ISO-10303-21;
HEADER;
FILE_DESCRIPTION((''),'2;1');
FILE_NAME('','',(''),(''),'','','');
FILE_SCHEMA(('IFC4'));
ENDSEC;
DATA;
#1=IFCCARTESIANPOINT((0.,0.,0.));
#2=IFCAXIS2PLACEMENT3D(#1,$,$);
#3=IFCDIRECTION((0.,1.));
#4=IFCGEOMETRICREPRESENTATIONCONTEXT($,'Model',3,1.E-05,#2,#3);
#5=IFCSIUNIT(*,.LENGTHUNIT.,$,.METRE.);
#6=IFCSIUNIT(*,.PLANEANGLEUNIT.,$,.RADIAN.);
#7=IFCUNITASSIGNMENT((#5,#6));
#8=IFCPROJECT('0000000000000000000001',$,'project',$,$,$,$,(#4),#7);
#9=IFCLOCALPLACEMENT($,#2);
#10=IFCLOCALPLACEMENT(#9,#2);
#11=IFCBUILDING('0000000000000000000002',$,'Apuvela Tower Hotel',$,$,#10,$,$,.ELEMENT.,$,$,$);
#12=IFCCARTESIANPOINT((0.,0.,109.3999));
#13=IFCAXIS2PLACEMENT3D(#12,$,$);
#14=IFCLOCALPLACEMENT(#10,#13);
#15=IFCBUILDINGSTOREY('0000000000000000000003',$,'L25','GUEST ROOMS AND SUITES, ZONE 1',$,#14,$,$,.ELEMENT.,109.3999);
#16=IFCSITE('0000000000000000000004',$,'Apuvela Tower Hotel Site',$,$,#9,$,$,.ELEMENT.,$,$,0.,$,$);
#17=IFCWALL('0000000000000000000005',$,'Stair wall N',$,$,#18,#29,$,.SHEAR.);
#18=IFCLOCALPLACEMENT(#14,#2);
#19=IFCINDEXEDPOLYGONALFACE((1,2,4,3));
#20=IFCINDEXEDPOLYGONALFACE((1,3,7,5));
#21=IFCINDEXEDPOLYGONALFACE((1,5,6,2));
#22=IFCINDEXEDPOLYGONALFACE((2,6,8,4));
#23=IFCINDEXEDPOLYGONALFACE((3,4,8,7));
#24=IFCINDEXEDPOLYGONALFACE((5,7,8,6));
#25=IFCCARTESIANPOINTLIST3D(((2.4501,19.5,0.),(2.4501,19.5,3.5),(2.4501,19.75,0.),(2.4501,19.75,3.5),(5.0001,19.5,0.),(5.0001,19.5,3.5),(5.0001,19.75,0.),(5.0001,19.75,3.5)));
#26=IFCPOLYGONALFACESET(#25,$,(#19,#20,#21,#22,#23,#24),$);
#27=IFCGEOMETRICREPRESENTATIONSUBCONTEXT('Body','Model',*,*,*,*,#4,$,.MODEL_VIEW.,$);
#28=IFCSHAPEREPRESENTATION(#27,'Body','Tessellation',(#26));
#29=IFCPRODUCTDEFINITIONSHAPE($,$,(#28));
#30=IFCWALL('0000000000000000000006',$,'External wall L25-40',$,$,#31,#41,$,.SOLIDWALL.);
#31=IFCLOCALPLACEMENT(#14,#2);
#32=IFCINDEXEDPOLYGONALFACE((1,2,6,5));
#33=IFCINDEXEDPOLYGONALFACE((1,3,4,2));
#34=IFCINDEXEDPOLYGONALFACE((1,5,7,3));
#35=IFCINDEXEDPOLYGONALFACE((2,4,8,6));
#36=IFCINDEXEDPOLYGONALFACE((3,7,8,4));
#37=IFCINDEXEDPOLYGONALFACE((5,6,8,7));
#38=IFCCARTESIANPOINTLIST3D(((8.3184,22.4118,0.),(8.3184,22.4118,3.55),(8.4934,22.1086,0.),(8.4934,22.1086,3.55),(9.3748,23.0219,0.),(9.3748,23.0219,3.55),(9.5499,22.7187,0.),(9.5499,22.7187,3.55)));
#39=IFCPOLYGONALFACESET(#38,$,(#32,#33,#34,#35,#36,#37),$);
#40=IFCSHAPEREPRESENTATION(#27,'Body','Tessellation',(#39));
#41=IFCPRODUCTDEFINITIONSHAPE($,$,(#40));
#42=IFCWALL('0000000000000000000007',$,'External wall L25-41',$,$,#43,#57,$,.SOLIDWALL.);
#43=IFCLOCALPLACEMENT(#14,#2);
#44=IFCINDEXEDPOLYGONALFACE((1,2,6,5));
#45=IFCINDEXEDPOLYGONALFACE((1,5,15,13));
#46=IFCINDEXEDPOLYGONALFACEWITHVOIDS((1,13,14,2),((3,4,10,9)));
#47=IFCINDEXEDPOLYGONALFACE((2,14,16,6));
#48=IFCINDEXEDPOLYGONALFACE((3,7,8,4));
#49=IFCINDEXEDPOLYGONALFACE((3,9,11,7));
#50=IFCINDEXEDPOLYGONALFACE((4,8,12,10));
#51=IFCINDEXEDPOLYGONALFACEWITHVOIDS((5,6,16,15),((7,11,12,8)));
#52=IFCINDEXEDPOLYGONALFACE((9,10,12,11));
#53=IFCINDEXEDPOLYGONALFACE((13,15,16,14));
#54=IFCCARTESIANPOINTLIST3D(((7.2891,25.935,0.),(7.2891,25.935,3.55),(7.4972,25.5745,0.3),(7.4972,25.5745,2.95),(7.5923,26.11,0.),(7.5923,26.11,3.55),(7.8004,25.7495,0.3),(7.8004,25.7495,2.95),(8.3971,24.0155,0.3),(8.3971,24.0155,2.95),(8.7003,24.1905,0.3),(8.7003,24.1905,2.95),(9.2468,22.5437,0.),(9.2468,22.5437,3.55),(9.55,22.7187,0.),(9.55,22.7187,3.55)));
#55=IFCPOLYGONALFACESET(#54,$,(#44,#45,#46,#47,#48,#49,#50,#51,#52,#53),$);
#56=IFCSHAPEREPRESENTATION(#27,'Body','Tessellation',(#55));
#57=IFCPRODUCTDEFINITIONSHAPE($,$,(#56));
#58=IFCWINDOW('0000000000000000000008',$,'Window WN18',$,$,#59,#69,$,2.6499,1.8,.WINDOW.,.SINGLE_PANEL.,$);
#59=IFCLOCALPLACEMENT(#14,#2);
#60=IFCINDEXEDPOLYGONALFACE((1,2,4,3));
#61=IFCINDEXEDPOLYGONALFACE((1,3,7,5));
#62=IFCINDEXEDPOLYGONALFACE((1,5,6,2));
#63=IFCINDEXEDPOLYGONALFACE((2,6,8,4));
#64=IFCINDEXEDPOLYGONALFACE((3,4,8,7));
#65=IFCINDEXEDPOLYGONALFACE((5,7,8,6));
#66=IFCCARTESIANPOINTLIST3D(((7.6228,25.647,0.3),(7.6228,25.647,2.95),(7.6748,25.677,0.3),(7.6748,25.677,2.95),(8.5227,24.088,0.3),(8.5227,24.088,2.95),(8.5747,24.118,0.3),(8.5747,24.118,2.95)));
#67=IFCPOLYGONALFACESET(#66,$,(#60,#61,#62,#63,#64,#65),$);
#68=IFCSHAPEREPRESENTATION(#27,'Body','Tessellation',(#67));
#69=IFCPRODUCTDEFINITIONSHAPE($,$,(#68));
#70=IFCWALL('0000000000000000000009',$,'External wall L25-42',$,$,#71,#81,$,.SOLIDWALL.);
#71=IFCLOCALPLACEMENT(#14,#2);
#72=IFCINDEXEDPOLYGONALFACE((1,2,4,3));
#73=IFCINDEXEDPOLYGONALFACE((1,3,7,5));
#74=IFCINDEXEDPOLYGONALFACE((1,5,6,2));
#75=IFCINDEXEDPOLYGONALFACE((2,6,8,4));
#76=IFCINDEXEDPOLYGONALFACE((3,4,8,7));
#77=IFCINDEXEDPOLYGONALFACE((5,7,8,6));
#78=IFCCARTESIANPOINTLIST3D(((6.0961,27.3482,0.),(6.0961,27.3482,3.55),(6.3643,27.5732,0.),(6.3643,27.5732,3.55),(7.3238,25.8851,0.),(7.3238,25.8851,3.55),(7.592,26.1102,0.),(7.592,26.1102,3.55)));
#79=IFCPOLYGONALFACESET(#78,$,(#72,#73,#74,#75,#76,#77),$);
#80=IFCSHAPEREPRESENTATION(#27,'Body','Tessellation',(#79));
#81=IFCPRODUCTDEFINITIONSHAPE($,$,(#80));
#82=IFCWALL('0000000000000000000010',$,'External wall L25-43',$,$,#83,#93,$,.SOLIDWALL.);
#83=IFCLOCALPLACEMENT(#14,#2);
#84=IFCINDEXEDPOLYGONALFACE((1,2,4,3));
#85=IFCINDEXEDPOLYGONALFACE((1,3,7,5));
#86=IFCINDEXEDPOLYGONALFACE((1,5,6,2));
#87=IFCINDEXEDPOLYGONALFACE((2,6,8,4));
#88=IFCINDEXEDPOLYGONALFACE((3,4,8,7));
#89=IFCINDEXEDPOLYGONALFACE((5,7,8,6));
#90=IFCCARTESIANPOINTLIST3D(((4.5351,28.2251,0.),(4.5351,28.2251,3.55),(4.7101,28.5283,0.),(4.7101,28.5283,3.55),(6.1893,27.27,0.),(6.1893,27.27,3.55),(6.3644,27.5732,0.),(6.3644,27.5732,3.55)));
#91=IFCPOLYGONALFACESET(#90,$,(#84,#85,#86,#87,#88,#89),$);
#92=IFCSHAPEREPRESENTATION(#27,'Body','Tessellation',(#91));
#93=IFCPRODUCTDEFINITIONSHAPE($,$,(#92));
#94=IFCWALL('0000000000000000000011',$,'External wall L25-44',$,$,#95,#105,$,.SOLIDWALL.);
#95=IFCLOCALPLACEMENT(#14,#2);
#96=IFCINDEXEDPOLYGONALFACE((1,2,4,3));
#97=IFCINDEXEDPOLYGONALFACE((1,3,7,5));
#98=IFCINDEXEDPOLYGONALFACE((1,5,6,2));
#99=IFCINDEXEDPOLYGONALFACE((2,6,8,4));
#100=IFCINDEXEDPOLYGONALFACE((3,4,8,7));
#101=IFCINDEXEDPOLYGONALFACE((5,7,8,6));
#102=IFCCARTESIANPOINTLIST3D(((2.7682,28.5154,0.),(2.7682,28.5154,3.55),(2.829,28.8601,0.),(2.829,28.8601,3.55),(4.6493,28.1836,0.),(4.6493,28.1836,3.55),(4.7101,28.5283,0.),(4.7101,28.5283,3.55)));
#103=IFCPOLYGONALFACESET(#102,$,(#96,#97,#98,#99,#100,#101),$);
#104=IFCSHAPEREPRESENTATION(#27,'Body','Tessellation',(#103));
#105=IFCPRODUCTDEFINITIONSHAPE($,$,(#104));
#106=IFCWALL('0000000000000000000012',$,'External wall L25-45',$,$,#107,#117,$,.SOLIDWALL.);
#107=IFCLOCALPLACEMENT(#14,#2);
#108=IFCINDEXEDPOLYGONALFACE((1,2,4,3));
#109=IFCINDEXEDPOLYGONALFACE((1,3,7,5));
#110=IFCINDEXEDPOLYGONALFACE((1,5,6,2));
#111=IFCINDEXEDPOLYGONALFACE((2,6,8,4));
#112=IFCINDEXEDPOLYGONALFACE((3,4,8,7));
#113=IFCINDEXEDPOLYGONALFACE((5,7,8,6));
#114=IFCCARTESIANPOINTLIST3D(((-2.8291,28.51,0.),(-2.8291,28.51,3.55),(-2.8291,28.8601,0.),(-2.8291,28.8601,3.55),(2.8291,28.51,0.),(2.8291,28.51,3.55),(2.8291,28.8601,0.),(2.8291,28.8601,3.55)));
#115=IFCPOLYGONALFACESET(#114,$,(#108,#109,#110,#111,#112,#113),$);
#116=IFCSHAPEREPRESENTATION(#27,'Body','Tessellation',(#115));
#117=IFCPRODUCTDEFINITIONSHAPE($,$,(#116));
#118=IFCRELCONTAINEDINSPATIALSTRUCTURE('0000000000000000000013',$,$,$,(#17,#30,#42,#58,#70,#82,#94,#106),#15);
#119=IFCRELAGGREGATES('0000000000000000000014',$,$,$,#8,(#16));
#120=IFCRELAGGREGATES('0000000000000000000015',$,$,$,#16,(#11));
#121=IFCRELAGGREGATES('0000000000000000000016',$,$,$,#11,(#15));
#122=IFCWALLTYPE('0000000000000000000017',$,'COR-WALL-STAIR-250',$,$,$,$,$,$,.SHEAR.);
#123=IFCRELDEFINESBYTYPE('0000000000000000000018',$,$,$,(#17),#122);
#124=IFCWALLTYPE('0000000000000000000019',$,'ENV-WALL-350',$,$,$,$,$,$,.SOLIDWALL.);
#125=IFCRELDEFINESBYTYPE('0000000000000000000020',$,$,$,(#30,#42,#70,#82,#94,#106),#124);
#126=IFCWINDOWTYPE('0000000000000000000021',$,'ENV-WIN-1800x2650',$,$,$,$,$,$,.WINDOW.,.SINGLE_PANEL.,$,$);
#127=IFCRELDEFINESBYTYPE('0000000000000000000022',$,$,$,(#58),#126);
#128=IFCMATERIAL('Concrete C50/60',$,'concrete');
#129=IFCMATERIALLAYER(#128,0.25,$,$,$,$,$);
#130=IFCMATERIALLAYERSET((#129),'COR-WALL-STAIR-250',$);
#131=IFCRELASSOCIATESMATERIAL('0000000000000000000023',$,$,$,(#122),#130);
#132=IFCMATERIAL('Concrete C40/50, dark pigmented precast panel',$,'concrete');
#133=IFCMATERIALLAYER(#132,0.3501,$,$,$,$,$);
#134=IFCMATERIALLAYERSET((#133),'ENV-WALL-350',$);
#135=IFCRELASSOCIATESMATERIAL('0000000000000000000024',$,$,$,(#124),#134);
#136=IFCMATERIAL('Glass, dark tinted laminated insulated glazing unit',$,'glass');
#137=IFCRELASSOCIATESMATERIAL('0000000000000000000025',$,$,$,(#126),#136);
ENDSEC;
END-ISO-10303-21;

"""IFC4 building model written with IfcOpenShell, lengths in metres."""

from ifc_helpers import new_model, si_unit, direction, frame, frame_2d, origin, place, context, subcontext, project, spatial, rectangle, extrude, material, layer, layer_set, type_object, element, fill, save


model = new_model("IFC4")

# Units and contexts
model_context = context("Model", 3, precision=1e-05, world=origin(), true_north=direction((0.0, 1.0)))
body_context = subcontext(model_context, "Body", "Model", "MODEL_VIEW")
ifc_project = project(units=[si_unit("LENGTHUNIT", "METRE"), si_unit("PLANEANGLEUNIT", "RADIAN")], contexts=[model_context])

# Site, building, storey
site_placement = place(None, origin())
site = spatial("IfcSite", under=ifc_project, at=site_placement, Name="Apuvela Tower Hotel Site", CompositionType="ELEMENT", RefElevation=0.0)
building_placement = place(site_placement, origin())
building = spatial("IfcBuilding", under=site, at=building_placement, Name="Apuvela Tower Hotel", CompositionType="ELEMENT")
storey_placement = place(building_placement, frame((0.0, 0.0, 109.3999)))
storey = spatial("IfcBuildingStorey", under=building, at=storey_placement, Name="L25", Description="GUEST ROOMS AND SUITES, ZONE 1", CompositionType="ELEMENT", Elevation=109.3999)

# Walls
ifc_material_1 = material(Name="Concrete C50/60", Category="concrete")
ifc_layer_1 = layer(ifc_material_1, 0.25)
ifc_layer_set_1 = layer_set([ifc_layer_1], Name="COR-WALL-STAIR-250")
wall_type_1 = type_object("IfcWallType", Name="COR-WALL-STAIR-250", PredefinedType="SHEAR", material=ifc_layer_set_1)
wall_1_placement = place(storey_placement, frame((5.0, 19.625, 0.0), z_axis=(0.0, 0.0, 1.0), x_axis=(-1.0, 0.0, 0.0)))
element("IfcWall", 1, at=wall_1_placement, inside=storey, type_object=wall_type_1, Name="Stair wall N", PredefinedType="SHEAR", context=body_context, shape_type="SweptSolid", body=[
    extrude(rectangle(XDim=2.55, YDim=0.25, at=frame_2d((1.2749, 0.0))), origin(), (0.0, 0.0, 1.0), 3.5),
])
ifc_material_2 = material(Name="Concrete C40/50, dark pigmented precast panel", Category="concrete")
ifc_layer_2 = layer(ifc_material_2, 0.3501)
ifc_layer_set_2 = layer_set([ifc_layer_2], Name="ENV-WALL-350")
wall_type_2 = type_object("IfcWallType", Name="ENV-WALL-350", PredefinedType="SOLIDWALL", material=ifc_layer_set_2)
wall_2_placement = place(storey_placement, frame((8.406, 22.2603, 0.0), z_axis=(0.0, 0.0, 1.0), x_axis=(0.865956, 0.500121, 0.0)))
element("IfcWall", 2, at=wall_2_placement, inside=storey, type_object=wall_type_2, Name="External wall L25-40", PredefinedType="SOLIDWALL", context=body_context, shape_type="SweptSolid", body=[
    extrude(rectangle(XDim=1.22, YDim=0.3501, at=frame_2d((0.6099, 0.0))), origin(), (0.0, 0.0, 1.0), 3.55),
])

# Wall, opening, window
wall_3_placement = place(storey_placement, frame((9.3984, 22.6311, 0.0), z_axis=(0.0, 0.0, 1.0), x_axis=(-0.499955, 0.866052, 0.0)))
wall_3 = element("IfcWall", 3, at=wall_3_placement, inside=storey, type_object=wall_type_2, Name="External wall L25-41", PredefinedType="SOLIDWALL", context=body_context, shape_type="SweptSolid", body=[
    extrude(rectangle(XDim=3.9158, YDim=0.3501, at=frame_2d((1.958, 0.0))), origin(), (0.0, 0.0, 1.0), 3.55),
])
opening_placement = place(wall_3_placement, frame((1.6997, 0.0, 0.3)))
opening = element("IfcOpeningElement", 4, at=opening_placement, cuts=wall_3, PredefinedType="OPENING", context=body_context, shape_type="SweptSolid", body=[
    extrude(rectangle(XDim=1.8, YDim=2.6499, at=frame_2d((0.8999, 1.325))), frame((0.0, 0.1851, 0.0), z_axis=(0.0, -1.0, 0.0), x_axis=(1.0, 0.0, 0.0)), (0.0, 0.0, 1.0), 0.3701),
])
ifc_material_3 = material(Name="Glass, dark tinted laminated insulated glazing unit", Category="glass")
window_type = type_object("IfcWindowType", Name="ENV-WIN-1800x2650", PartitioningType="SINGLE_PANEL", PredefinedType="WINDOW", material=ifc_material_3)
window_placement = place(opening_placement, origin())
window = element("IfcWindow", 5, at=window_placement, inside=storey, type_object=window_type, Name="Window WN18", OverallHeight=2.6499, OverallWidth=1.8, PartitioningType="SINGLE_PANEL", PredefinedType="WINDOW", context=body_context, shape_type="SweptSolid", body=[
    extrude(rectangle(XDim=1.8, YDim=2.6499, at=frame_2d((0.8999, 1.325))), frame((0.0, 0.03, 0.0), z_axis=(0.0, -1.0, 0.0), x_axis=(1.0, 0.0, 0.0)), (0.0, 0.0, 1.0), 0.0601),
])
fill(opening, window)

# Walls
wall_4_placement = place(storey_placement, frame((7.458, 25.9976, 0.0), z_axis=(0.0, 0.0, 1.0), x_axis=(-0.642808, 0.766027, 0.0)))
element("IfcWall", 6, at=wall_4_placement, inside=storey, type_object=wall_type_2, Name="External wall L25-42", PredefinedType="SOLIDWALL", context=body_context, shape_type="SweptSolid", body=[
    extrude(rectangle(XDim=1.9099, YDim=0.3501, at=frame_2d((0.9551, 0.0))), origin(), (0.0, 0.0, 1.0), 3.55),
])
for number, where, z_axis, x_axis, name in (
    (7, (6.2769, 27.4216, 0.0), (0.0, 0.0, 1.0), (-0.866032, 0.499988, 0.0), "External wall L25-43"),
    (8, (4.6797, 28.356, 0.0), (0.0, 0.0, 1.0), (-0.984799, 0.173698, 0.0), "External wall L25-44"),
):
    element("IfcWall", number, at=place(storey_placement, frame(where, z_axis=z_axis, x_axis=x_axis)), inside=storey, type_object=wall_type_2, Name=name, PredefinedType="SOLIDWALL", context=body_context, shape_type="SweptSolid", body=[
        extrude(rectangle(XDim=1.9102, YDim=0.3501, at=frame_2d((0.9551, 0.0))), origin(), (0.0, 0.0, 1.0), 3.55),
    ])
wall_5_placement = place(storey_placement, frame((2.8291, 28.6851, 0.0), z_axis=(0.0, 0.0, 1.0), x_axis=(-1.0, 0.0, 0.0)))
element("IfcWall", 9, at=wall_5_placement, inside=storey, type_object=wall_type_2, Name="External wall L25-45", PredefinedType="SOLIDWALL", context=body_context, shape_type="SweptSolid", body=[
    extrude(rectangle(XDim=5.6582, YDim=0.3501, at=frame_2d((2.8291, 0.0))), origin(), (0.0, 0.0, 1.0), 3.55),
])

save(model, "model.ifc")
